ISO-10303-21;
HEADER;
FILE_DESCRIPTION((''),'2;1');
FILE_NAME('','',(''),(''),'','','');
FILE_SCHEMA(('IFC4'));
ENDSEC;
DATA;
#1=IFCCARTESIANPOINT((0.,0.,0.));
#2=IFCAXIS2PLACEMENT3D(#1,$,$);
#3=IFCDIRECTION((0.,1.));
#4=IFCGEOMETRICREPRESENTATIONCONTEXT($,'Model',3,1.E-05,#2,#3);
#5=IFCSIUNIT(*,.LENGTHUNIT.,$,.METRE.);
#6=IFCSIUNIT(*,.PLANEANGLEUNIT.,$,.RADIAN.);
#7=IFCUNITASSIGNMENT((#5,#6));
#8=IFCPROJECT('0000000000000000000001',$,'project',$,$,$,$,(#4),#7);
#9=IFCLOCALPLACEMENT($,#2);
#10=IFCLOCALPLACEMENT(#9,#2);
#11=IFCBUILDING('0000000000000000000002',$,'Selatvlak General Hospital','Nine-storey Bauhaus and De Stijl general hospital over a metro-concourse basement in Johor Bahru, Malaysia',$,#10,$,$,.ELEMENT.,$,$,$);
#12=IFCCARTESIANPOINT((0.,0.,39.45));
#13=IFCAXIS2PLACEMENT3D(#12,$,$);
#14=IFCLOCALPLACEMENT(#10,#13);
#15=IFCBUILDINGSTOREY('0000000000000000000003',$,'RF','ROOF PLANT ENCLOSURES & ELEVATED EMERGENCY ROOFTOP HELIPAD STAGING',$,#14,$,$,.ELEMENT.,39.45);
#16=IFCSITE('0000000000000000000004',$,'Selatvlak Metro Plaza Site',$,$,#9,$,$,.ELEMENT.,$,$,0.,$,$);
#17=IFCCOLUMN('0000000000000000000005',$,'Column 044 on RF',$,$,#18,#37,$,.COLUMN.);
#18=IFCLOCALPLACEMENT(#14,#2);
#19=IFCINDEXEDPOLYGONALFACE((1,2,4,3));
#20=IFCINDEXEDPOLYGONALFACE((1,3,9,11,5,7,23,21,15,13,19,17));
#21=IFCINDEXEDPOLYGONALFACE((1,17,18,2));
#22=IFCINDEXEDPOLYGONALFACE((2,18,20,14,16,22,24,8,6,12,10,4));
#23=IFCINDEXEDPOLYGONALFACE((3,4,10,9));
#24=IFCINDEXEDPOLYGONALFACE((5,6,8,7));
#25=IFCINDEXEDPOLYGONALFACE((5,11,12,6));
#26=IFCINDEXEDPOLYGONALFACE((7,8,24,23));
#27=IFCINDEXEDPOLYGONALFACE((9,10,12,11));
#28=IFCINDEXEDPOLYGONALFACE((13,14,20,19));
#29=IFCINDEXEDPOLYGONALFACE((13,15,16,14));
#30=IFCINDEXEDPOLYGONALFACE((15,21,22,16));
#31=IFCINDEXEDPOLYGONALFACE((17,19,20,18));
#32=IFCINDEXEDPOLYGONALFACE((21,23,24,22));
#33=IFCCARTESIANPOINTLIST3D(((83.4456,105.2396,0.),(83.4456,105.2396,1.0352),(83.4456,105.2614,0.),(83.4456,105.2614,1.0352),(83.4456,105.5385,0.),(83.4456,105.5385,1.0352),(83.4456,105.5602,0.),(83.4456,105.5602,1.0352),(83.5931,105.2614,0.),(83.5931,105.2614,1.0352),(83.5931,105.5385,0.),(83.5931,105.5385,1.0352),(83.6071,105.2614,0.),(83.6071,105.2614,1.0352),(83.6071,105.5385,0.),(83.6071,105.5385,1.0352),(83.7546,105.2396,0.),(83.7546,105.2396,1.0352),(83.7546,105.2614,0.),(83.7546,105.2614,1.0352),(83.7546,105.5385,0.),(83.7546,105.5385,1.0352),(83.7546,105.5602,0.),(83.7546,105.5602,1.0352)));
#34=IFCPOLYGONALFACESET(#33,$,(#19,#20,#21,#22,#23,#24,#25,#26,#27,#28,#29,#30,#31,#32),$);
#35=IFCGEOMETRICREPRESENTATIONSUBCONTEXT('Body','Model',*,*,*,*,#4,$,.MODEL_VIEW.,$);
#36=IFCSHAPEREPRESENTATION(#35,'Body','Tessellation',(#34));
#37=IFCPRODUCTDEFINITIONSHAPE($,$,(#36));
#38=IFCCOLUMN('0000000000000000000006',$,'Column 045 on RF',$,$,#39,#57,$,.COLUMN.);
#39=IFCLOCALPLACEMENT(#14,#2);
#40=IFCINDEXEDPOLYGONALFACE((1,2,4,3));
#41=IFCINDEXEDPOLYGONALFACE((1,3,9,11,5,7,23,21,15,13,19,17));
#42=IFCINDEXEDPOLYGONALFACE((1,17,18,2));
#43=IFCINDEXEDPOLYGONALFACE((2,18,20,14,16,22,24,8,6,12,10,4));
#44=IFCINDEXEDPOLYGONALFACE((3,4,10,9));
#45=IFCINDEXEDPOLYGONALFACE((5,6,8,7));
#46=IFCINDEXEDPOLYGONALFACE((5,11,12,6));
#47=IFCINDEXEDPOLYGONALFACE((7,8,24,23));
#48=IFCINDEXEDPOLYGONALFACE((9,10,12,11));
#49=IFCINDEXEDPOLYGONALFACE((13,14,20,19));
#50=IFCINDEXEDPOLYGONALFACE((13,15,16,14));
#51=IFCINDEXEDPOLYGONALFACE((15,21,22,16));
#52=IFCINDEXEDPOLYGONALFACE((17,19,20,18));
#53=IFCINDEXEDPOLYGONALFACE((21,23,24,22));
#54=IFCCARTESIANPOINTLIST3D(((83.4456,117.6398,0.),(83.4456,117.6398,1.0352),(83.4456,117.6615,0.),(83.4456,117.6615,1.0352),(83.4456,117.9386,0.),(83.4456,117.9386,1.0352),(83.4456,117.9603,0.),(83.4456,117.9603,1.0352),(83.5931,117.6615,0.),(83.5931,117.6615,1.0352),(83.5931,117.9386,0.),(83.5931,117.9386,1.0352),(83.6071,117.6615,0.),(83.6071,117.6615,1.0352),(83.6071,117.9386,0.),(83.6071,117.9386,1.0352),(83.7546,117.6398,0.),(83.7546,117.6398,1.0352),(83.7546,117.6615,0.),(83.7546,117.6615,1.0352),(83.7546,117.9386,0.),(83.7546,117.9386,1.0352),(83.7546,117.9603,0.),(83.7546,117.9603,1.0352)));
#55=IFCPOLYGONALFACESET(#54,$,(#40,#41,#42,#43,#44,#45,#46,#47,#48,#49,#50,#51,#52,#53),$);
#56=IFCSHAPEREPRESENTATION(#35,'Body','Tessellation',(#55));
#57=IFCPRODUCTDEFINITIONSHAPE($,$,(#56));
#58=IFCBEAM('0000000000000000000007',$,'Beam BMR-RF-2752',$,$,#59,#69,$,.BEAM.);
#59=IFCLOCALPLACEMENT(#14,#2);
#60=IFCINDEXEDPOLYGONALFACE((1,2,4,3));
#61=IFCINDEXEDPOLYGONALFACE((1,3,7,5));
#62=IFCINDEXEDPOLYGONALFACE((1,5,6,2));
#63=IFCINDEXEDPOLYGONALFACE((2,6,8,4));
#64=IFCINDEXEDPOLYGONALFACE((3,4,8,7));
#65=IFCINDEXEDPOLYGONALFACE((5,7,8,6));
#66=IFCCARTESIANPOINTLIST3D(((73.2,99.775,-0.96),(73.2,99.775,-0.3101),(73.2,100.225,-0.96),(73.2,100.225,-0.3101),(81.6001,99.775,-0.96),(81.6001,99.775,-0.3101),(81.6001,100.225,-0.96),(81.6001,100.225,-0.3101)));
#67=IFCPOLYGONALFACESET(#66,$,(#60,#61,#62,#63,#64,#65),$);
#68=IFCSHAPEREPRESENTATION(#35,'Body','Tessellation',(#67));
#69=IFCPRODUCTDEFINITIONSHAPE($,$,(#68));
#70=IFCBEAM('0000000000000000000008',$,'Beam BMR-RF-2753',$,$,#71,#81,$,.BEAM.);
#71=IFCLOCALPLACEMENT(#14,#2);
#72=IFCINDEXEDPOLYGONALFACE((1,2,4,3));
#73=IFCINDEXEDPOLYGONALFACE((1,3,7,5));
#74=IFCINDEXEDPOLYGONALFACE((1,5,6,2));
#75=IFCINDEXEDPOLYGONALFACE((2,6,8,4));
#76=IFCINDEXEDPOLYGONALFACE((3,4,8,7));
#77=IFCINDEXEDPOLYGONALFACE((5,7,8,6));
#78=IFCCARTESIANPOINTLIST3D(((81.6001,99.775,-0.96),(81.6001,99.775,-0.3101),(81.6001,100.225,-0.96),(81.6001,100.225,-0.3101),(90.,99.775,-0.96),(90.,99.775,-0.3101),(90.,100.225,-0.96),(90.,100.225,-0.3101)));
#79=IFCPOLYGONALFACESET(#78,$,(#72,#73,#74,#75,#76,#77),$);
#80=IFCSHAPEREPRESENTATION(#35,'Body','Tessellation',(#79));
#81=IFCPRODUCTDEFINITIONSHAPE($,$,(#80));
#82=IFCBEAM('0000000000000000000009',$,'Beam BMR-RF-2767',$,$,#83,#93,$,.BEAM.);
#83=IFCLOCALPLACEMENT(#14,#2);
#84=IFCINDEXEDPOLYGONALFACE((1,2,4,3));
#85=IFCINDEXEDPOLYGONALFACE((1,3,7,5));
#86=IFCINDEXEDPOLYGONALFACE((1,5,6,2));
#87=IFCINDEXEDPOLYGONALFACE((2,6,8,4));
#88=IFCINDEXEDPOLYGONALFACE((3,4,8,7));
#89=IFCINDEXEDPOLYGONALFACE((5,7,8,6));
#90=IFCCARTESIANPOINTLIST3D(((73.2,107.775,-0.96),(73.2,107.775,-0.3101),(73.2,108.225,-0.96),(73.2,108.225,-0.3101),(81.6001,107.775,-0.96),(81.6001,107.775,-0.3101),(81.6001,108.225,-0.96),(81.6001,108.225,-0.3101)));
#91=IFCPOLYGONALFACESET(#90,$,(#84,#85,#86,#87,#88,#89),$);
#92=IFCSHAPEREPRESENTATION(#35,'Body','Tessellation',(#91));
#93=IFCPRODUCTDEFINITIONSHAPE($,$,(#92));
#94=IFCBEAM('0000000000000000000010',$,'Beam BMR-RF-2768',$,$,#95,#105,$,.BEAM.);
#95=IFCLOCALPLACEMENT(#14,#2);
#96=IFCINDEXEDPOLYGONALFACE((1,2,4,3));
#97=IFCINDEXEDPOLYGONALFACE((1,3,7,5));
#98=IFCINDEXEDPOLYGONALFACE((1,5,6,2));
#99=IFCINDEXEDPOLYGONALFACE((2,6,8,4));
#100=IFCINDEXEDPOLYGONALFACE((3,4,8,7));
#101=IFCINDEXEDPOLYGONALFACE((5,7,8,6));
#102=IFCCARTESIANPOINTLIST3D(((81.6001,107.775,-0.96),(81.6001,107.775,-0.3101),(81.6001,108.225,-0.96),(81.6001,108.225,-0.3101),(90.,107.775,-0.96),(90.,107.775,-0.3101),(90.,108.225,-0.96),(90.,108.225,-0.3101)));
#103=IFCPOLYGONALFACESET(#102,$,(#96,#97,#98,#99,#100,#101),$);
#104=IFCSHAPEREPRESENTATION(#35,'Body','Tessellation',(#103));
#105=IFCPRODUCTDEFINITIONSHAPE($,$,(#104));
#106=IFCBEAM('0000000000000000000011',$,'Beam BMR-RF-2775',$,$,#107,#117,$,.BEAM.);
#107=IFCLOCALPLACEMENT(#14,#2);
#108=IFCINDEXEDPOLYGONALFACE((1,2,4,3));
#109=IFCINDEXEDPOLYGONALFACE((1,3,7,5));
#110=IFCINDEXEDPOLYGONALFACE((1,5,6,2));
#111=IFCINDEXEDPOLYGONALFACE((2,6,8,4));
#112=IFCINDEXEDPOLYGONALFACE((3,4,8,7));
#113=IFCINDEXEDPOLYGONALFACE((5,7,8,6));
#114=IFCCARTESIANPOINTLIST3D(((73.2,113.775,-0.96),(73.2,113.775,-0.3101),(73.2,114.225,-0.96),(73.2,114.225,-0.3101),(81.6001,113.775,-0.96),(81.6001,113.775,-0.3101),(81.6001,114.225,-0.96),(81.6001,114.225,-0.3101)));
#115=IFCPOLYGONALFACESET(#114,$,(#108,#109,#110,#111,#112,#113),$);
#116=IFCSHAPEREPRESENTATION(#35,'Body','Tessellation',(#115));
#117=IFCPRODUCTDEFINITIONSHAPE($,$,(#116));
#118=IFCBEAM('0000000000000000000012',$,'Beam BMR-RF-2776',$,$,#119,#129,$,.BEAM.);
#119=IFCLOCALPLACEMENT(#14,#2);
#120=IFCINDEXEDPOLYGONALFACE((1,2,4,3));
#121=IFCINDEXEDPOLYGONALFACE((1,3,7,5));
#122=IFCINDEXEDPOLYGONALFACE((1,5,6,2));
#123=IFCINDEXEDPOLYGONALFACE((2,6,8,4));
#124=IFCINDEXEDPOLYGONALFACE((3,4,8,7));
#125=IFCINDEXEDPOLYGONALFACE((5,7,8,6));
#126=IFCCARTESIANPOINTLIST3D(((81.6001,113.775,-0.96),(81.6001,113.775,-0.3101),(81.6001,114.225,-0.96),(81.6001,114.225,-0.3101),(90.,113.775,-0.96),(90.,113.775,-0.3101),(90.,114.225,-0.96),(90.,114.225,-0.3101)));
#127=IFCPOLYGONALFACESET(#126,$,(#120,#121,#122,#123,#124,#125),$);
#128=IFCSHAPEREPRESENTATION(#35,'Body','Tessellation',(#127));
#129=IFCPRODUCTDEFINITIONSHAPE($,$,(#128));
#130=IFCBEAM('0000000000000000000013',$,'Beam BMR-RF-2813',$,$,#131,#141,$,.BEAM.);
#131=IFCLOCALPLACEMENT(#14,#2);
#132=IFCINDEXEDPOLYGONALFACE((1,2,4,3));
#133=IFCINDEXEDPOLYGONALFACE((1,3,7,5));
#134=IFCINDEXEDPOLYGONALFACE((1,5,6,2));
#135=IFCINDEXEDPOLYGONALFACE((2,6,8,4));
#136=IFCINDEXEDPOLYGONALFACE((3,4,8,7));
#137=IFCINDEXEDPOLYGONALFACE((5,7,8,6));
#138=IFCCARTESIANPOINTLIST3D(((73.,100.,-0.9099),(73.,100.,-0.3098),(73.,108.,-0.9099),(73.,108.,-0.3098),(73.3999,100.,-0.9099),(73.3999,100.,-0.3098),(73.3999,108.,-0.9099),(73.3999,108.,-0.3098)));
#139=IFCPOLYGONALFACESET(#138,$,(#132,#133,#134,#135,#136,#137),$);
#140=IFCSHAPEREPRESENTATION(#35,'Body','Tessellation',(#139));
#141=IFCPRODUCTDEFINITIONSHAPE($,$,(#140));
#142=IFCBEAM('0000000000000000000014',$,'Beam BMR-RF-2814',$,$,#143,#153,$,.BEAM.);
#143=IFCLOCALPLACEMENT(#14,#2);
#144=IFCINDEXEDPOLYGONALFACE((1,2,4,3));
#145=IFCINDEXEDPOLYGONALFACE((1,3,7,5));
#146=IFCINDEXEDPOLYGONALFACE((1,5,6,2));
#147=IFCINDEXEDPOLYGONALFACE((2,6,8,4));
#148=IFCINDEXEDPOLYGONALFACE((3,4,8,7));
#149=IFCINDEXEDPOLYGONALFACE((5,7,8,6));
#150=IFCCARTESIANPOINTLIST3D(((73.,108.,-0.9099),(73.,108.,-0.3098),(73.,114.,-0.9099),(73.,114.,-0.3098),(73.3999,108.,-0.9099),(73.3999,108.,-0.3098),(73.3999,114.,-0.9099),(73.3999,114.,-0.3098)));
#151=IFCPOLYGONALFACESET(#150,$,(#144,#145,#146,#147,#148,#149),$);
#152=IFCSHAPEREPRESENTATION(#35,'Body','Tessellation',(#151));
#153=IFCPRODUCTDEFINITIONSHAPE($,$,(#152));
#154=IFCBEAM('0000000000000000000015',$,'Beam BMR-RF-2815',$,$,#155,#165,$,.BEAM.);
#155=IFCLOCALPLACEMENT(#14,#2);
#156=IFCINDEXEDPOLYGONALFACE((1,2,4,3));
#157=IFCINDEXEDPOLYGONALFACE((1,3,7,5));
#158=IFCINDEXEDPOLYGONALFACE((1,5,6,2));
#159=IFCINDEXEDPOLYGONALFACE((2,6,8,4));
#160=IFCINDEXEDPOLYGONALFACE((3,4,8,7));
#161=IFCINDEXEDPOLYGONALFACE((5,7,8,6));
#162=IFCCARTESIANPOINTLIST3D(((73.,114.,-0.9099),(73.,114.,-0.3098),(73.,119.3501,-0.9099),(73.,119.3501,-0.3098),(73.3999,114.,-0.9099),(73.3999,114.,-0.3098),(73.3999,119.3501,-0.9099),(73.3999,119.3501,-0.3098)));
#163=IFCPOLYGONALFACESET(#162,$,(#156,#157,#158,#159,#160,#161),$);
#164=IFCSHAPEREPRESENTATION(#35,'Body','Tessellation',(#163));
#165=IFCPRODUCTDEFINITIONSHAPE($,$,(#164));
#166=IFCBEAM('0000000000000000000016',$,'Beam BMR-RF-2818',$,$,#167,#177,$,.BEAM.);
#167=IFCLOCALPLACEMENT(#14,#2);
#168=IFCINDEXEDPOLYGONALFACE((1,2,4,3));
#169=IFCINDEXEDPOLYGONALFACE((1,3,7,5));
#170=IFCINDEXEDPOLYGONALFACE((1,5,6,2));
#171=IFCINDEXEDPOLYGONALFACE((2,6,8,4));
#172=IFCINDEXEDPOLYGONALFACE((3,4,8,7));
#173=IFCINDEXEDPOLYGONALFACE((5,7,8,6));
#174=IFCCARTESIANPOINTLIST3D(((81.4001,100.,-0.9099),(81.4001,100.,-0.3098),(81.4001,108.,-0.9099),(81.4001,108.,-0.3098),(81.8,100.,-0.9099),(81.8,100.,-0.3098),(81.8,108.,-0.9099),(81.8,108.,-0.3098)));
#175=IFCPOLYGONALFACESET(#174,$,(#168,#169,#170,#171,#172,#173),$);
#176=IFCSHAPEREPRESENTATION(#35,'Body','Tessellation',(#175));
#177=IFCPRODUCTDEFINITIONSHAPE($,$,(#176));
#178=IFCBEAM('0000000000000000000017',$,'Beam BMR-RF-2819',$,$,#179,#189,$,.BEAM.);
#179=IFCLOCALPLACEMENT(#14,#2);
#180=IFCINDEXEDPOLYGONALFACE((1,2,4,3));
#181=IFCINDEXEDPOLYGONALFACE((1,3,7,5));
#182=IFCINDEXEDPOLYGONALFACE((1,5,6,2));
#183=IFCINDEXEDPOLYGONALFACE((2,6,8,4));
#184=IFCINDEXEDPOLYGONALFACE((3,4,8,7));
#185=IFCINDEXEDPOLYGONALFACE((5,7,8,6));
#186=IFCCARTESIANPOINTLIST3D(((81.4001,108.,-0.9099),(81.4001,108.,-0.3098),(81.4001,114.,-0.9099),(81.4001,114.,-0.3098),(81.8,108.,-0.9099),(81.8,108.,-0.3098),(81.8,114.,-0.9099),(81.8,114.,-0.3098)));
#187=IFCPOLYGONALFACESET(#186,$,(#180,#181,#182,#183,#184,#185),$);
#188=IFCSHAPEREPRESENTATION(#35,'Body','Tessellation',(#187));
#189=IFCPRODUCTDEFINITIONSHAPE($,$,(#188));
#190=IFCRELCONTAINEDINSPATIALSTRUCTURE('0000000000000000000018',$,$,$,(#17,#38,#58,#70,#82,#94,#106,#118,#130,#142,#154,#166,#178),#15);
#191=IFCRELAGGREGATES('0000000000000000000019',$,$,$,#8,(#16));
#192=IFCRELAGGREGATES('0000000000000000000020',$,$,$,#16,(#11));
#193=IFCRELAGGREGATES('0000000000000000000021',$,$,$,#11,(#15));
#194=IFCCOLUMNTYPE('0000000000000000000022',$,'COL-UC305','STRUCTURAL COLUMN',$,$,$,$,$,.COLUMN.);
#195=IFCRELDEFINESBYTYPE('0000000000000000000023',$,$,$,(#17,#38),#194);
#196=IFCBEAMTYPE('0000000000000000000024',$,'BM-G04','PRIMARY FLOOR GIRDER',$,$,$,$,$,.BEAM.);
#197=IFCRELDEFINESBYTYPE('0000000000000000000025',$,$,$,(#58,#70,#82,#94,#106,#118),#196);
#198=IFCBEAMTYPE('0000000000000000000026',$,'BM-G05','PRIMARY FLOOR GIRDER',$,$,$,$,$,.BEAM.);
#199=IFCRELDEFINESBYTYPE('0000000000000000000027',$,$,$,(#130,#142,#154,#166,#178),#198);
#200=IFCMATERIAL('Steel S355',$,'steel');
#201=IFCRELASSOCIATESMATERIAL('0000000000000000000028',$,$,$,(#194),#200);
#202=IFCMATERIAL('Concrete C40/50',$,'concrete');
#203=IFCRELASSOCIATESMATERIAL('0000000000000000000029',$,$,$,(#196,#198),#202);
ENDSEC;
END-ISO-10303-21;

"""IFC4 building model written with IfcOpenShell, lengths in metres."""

from ifc_helpers import new_model, si_unit, direction, frame, origin, origin_2d, place, context, subcontext, project, spatial, rectangle, i_section, extrude, material, material_profile, profile_set, type_object, element, save


model = new_model("IFC4")

# Units and contexts
model_context = context("Model", 3, precision=1e-05, world=origin(), true_north=direction((0.0, 1.0)))
body_context = subcontext(model_context, "Body", "Model", "MODEL_VIEW")
ifc_project = project(units=[si_unit("LENGTHUNIT", "METRE"), si_unit("PLANEANGLEUNIT", "RADIAN")], contexts=[model_context])

# Site, building, storey
site_placement = place(None, origin())
site = spatial("IfcSite", under=ifc_project, at=site_placement, Name="Selatvlak Metro Plaza Site", CompositionType="ELEMENT", RefElevation=0.0)
building_placement = place(site_placement, origin())
building = spatial("IfcBuilding", under=site, at=building_placement, Name="Selatvlak General Hospital", Description="Nine-storey Bauhaus and De Stijl general hospital over a metro-concourse basement in Johor Bahru, Malaysia", CompositionType="ELEMENT")
storey_placement = place(building_placement, frame((0.0, 0.0, 39.45)))
storey = spatial("IfcBuildingStorey", under=building, at=storey_placement, Name="RF", Description="ROOF PLANT ENCLOSURES & ELEVATED EMERGENCY ROOFTOP HELIPAD STAGING", CompositionType="ELEMENT", Elevation=39.45)

# Columns
ifc_material_1 = material(Name="Steel S355", Category="steel")
ifc_material_profile_1 = material_profile(ifc_material_1, i_section(OverallWidth=0.3091, OverallDepth=0.3206, WebThickness=0.0139, FlangeThickness=0.0217, at=origin_2d()), Name="UC 305x305x137")
ifc_profile_set_1 = profile_set([ifc_material_profile_1], Name="Steel S355")
column_type = type_object("IfcColumnType", Name="COL-UC305", Description="STRUCTURAL COLUMN", PredefinedType="COLUMN", material=ifc_profile_set_1)
for number, where, z_axis, x_axis, name in (
    (1, (83.6001, 105.3999, 0.0), (0.0, 0.0, 1.0), (1.0, 0.0, 0.0), "Column 044 on RF"),
    (2, (83.6001, 117.8, 0.0), (0.0, 0.0, 1.0), (1.0, 0.0, 0.0), "Column 045 on RF"),
):
    element("IfcColumn", number, at=place(storey_placement, frame(where, z_axis=z_axis, x_axis=x_axis)), inside=storey, type_object=column_type, Name=name, PredefinedType="COLUMN", context=body_context, shape_type="SweptSolid", body=[
        extrude(i_section(OverallWidth=0.3091, OverallDepth=0.3206, WebThickness=0.0139, FlangeThickness=0.0217, at=origin_2d()), origin(), (0.0, 0.0, 1.0), 1.0352),
    ])

# Beams
ifc_material_2 = material(Name="Concrete C40/50", Category="concrete")
ifc_material_profile_2 = material_profile(ifc_material_2, rectangle(XDim=0.45, YDim=0.6499, at=origin_2d()), Name="RC-BM 450x650")
ifc_profile_set_2 = profile_set([ifc_material_profile_2], Name="Concrete C40/50")
beam_type_1 = type_object("IfcBeamType", Name="BM-G04", Description="PRIMARY FLOOR GIRDER", PredefinedType="BEAM", material=ifc_profile_set_2)
beam_1_placement = place(storey_placement, frame((73.2, 100.0, -0.635), z_axis=(1.0, 0.0, 0.0), x_axis=(0.0, 1.0, 0.0)))
element("IfcBeam", 3, at=beam_1_placement, inside=storey, type_object=beam_type_1, Name="Beam BMR-RF-2752", PredefinedType="BEAM", context=body_context, shape_type="SweptSolid", body=[
    extrude(rectangle(XDim=0.45, YDim=0.6499, at=origin_2d()), origin(), (0.0, 0.0, 1.0), 8.4001),
])
beam_2_placement = place(storey_placement, frame((81.6001, 100.0, -0.635), z_axis=(1.0, 0.0, 0.0), x_axis=(0.0, 1.0, 0.0)))
element("IfcBeam", 4, at=beam_2_placement, inside=storey, type_object=beam_type_1, Name="Beam BMR-RF-2753", PredefinedType="BEAM", context=body_context, shape_type="SweptSolid", body=[
    extrude(rectangle(XDim=0.45, YDim=0.6499, at=origin_2d()), origin(), (0.0, 0.0, 1.0), 8.3999),
])
beam_3_placement = place(storey_placement, frame((73.2, 108.0, -0.635), z_axis=(1.0, 0.0, 0.0), x_axis=(0.0, 1.0, 0.0)))
element("IfcBeam", 5, at=beam_3_placement, inside=storey, type_object=beam_type_1, Name="Beam BMR-RF-2767", PredefinedType="BEAM", context=body_context, shape_type="SweptSolid", body=[
    extrude(rectangle(XDim=0.45, YDim=0.6499, at=origin_2d()), origin(), (0.0, 0.0, 1.0), 8.4001),
])
beam_4_placement = place(storey_placement, frame((81.6001, 108.0, -0.635), z_axis=(1.0, 0.0, 0.0), x_axis=(0.0, 1.0, 0.0)))
element("IfcBeam", 6, at=beam_4_placement, inside=storey, type_object=beam_type_1, Name="Beam BMR-RF-2768", PredefinedType="BEAM", context=body_context, shape_type="SweptSolid", body=[
    extrude(rectangle(XDim=0.45, YDim=0.6499, at=origin_2d()), origin(), (0.0, 0.0, 1.0), 8.3999),
])
beam_5_placement = place(storey_placement, frame((73.2, 114.0, -0.635), z_axis=(1.0, 0.0, 0.0), x_axis=(0.0, 1.0, 0.0)))
element("IfcBeam", 7, at=beam_5_placement, inside=storey, type_object=beam_type_1, Name="Beam BMR-RF-2775", PredefinedType="BEAM", context=body_context, shape_type="SweptSolid", body=[
    extrude(rectangle(XDim=0.45, YDim=0.6499, at=origin_2d()), origin(), (0.0, 0.0, 1.0), 8.4001),
])
beam_6_placement = place(storey_placement, frame((81.6001, 114.0, -0.635), z_axis=(1.0, 0.0, 0.0), x_axis=(0.0, 1.0, 0.0)))
element("IfcBeam", 8, at=beam_6_placement, inside=storey, type_object=beam_type_1, Name="Beam BMR-RF-2776", PredefinedType="BEAM", context=body_context, shape_type="SweptSolid", body=[
    extrude(rectangle(XDim=0.45, YDim=0.6499, at=origin_2d()), origin(), (0.0, 0.0, 1.0), 8.3999),
])
ifc_material_profile_3 = material_profile(ifc_material_2, rectangle(XDim=0.3999, YDim=0.6001, at=origin_2d()), Name="RC-BM 400x600")
ifc_profile_set_3 = profile_set([ifc_material_profile_3], Name="Concrete C40/50")
beam_type_2 = type_object("IfcBeamType", Name="BM-G05", Description="PRIMARY FLOOR GIRDER", PredefinedType="BEAM", material=ifc_profile_set_3)
beam_7_placement = place(storey_placement, frame((73.2, 100.0, -0.6099), z_axis=(0.0, 1.0, 0.0), x_axis=(-1.0, 0.0, 0.0)))
element("IfcBeam", 9, at=beam_7_placement, inside=storey, type_object=beam_type_2, Name="Beam BMR-RF-2813", PredefinedType="BEAM", context=body_context, shape_type="SweptSolid", body=[
    extrude(rectangle(XDim=0.3999, YDim=0.6001, at=origin_2d()), origin(), (0.0, 0.0, 1.0), 8.0),
])
beam_8_placement = place(storey_placement, frame((73.2, 108.0, -0.6099), z_axis=(0.0, 1.0, 0.0), x_axis=(-1.0, 0.0, 0.0)))
element("IfcBeam", 10, at=beam_8_placement, inside=storey, type_object=beam_type_2, Name="Beam BMR-RF-2814", PredefinedType="BEAM", context=body_context, shape_type="SweptSolid", body=[
    extrude(rectangle(XDim=0.3999, YDim=0.6001, at=origin_2d()), origin(), (0.0, 0.0, 1.0), 6.0),
])
beam_9_placement = place(storey_placement, frame((73.2, 114.0, -0.6099), z_axis=(0.0, 1.0, 0.0), x_axis=(-1.0, 0.0, 0.0)))
element("IfcBeam", 11, at=beam_9_placement, inside=storey, type_object=beam_type_2, Name="Beam BMR-RF-2815", PredefinedType="BEAM", context=body_context, shape_type="SweptSolid", body=[
    extrude(rectangle(XDim=0.3999, YDim=0.6001, at=origin_2d()), origin(), (0.0, 0.0, 1.0), 5.3501),
])
beam_10_placement = place(storey_placement, frame((81.6001, 100.0, -0.6099), z_axis=(0.0, 1.0, 0.0), x_axis=(-1.0, 0.0, 0.0)))
element("IfcBeam", 12, at=beam_10_placement, inside=storey, type_object=beam_type_2, Name="Beam BMR-RF-2818", PredefinedType="BEAM", context=body_context, shape_type="SweptSolid", body=[
    extrude(rectangle(XDim=0.3999, YDim=0.6001, at=origin_2d()), origin(), (0.0, 0.0, 1.0), 8.0),
])
beam_11_placement = place(storey_placement, frame((81.6001, 108.0, -0.6099), z_axis=(0.0, 1.0, 0.0), x_axis=(-1.0, 0.0, 0.0)))
element("IfcBeam", 13, at=beam_11_placement, inside=storey, type_object=beam_type_2, Name="Beam BMR-RF-2819", PredefinedType="BEAM", context=body_context, shape_type="SweptSolid", body=[
    extrude(rectangle(XDim=0.3999, YDim=0.6001, at=origin_2d()), origin(), (0.0, 0.0, 1.0), 6.0),
])

save(model, "model.ifc")
